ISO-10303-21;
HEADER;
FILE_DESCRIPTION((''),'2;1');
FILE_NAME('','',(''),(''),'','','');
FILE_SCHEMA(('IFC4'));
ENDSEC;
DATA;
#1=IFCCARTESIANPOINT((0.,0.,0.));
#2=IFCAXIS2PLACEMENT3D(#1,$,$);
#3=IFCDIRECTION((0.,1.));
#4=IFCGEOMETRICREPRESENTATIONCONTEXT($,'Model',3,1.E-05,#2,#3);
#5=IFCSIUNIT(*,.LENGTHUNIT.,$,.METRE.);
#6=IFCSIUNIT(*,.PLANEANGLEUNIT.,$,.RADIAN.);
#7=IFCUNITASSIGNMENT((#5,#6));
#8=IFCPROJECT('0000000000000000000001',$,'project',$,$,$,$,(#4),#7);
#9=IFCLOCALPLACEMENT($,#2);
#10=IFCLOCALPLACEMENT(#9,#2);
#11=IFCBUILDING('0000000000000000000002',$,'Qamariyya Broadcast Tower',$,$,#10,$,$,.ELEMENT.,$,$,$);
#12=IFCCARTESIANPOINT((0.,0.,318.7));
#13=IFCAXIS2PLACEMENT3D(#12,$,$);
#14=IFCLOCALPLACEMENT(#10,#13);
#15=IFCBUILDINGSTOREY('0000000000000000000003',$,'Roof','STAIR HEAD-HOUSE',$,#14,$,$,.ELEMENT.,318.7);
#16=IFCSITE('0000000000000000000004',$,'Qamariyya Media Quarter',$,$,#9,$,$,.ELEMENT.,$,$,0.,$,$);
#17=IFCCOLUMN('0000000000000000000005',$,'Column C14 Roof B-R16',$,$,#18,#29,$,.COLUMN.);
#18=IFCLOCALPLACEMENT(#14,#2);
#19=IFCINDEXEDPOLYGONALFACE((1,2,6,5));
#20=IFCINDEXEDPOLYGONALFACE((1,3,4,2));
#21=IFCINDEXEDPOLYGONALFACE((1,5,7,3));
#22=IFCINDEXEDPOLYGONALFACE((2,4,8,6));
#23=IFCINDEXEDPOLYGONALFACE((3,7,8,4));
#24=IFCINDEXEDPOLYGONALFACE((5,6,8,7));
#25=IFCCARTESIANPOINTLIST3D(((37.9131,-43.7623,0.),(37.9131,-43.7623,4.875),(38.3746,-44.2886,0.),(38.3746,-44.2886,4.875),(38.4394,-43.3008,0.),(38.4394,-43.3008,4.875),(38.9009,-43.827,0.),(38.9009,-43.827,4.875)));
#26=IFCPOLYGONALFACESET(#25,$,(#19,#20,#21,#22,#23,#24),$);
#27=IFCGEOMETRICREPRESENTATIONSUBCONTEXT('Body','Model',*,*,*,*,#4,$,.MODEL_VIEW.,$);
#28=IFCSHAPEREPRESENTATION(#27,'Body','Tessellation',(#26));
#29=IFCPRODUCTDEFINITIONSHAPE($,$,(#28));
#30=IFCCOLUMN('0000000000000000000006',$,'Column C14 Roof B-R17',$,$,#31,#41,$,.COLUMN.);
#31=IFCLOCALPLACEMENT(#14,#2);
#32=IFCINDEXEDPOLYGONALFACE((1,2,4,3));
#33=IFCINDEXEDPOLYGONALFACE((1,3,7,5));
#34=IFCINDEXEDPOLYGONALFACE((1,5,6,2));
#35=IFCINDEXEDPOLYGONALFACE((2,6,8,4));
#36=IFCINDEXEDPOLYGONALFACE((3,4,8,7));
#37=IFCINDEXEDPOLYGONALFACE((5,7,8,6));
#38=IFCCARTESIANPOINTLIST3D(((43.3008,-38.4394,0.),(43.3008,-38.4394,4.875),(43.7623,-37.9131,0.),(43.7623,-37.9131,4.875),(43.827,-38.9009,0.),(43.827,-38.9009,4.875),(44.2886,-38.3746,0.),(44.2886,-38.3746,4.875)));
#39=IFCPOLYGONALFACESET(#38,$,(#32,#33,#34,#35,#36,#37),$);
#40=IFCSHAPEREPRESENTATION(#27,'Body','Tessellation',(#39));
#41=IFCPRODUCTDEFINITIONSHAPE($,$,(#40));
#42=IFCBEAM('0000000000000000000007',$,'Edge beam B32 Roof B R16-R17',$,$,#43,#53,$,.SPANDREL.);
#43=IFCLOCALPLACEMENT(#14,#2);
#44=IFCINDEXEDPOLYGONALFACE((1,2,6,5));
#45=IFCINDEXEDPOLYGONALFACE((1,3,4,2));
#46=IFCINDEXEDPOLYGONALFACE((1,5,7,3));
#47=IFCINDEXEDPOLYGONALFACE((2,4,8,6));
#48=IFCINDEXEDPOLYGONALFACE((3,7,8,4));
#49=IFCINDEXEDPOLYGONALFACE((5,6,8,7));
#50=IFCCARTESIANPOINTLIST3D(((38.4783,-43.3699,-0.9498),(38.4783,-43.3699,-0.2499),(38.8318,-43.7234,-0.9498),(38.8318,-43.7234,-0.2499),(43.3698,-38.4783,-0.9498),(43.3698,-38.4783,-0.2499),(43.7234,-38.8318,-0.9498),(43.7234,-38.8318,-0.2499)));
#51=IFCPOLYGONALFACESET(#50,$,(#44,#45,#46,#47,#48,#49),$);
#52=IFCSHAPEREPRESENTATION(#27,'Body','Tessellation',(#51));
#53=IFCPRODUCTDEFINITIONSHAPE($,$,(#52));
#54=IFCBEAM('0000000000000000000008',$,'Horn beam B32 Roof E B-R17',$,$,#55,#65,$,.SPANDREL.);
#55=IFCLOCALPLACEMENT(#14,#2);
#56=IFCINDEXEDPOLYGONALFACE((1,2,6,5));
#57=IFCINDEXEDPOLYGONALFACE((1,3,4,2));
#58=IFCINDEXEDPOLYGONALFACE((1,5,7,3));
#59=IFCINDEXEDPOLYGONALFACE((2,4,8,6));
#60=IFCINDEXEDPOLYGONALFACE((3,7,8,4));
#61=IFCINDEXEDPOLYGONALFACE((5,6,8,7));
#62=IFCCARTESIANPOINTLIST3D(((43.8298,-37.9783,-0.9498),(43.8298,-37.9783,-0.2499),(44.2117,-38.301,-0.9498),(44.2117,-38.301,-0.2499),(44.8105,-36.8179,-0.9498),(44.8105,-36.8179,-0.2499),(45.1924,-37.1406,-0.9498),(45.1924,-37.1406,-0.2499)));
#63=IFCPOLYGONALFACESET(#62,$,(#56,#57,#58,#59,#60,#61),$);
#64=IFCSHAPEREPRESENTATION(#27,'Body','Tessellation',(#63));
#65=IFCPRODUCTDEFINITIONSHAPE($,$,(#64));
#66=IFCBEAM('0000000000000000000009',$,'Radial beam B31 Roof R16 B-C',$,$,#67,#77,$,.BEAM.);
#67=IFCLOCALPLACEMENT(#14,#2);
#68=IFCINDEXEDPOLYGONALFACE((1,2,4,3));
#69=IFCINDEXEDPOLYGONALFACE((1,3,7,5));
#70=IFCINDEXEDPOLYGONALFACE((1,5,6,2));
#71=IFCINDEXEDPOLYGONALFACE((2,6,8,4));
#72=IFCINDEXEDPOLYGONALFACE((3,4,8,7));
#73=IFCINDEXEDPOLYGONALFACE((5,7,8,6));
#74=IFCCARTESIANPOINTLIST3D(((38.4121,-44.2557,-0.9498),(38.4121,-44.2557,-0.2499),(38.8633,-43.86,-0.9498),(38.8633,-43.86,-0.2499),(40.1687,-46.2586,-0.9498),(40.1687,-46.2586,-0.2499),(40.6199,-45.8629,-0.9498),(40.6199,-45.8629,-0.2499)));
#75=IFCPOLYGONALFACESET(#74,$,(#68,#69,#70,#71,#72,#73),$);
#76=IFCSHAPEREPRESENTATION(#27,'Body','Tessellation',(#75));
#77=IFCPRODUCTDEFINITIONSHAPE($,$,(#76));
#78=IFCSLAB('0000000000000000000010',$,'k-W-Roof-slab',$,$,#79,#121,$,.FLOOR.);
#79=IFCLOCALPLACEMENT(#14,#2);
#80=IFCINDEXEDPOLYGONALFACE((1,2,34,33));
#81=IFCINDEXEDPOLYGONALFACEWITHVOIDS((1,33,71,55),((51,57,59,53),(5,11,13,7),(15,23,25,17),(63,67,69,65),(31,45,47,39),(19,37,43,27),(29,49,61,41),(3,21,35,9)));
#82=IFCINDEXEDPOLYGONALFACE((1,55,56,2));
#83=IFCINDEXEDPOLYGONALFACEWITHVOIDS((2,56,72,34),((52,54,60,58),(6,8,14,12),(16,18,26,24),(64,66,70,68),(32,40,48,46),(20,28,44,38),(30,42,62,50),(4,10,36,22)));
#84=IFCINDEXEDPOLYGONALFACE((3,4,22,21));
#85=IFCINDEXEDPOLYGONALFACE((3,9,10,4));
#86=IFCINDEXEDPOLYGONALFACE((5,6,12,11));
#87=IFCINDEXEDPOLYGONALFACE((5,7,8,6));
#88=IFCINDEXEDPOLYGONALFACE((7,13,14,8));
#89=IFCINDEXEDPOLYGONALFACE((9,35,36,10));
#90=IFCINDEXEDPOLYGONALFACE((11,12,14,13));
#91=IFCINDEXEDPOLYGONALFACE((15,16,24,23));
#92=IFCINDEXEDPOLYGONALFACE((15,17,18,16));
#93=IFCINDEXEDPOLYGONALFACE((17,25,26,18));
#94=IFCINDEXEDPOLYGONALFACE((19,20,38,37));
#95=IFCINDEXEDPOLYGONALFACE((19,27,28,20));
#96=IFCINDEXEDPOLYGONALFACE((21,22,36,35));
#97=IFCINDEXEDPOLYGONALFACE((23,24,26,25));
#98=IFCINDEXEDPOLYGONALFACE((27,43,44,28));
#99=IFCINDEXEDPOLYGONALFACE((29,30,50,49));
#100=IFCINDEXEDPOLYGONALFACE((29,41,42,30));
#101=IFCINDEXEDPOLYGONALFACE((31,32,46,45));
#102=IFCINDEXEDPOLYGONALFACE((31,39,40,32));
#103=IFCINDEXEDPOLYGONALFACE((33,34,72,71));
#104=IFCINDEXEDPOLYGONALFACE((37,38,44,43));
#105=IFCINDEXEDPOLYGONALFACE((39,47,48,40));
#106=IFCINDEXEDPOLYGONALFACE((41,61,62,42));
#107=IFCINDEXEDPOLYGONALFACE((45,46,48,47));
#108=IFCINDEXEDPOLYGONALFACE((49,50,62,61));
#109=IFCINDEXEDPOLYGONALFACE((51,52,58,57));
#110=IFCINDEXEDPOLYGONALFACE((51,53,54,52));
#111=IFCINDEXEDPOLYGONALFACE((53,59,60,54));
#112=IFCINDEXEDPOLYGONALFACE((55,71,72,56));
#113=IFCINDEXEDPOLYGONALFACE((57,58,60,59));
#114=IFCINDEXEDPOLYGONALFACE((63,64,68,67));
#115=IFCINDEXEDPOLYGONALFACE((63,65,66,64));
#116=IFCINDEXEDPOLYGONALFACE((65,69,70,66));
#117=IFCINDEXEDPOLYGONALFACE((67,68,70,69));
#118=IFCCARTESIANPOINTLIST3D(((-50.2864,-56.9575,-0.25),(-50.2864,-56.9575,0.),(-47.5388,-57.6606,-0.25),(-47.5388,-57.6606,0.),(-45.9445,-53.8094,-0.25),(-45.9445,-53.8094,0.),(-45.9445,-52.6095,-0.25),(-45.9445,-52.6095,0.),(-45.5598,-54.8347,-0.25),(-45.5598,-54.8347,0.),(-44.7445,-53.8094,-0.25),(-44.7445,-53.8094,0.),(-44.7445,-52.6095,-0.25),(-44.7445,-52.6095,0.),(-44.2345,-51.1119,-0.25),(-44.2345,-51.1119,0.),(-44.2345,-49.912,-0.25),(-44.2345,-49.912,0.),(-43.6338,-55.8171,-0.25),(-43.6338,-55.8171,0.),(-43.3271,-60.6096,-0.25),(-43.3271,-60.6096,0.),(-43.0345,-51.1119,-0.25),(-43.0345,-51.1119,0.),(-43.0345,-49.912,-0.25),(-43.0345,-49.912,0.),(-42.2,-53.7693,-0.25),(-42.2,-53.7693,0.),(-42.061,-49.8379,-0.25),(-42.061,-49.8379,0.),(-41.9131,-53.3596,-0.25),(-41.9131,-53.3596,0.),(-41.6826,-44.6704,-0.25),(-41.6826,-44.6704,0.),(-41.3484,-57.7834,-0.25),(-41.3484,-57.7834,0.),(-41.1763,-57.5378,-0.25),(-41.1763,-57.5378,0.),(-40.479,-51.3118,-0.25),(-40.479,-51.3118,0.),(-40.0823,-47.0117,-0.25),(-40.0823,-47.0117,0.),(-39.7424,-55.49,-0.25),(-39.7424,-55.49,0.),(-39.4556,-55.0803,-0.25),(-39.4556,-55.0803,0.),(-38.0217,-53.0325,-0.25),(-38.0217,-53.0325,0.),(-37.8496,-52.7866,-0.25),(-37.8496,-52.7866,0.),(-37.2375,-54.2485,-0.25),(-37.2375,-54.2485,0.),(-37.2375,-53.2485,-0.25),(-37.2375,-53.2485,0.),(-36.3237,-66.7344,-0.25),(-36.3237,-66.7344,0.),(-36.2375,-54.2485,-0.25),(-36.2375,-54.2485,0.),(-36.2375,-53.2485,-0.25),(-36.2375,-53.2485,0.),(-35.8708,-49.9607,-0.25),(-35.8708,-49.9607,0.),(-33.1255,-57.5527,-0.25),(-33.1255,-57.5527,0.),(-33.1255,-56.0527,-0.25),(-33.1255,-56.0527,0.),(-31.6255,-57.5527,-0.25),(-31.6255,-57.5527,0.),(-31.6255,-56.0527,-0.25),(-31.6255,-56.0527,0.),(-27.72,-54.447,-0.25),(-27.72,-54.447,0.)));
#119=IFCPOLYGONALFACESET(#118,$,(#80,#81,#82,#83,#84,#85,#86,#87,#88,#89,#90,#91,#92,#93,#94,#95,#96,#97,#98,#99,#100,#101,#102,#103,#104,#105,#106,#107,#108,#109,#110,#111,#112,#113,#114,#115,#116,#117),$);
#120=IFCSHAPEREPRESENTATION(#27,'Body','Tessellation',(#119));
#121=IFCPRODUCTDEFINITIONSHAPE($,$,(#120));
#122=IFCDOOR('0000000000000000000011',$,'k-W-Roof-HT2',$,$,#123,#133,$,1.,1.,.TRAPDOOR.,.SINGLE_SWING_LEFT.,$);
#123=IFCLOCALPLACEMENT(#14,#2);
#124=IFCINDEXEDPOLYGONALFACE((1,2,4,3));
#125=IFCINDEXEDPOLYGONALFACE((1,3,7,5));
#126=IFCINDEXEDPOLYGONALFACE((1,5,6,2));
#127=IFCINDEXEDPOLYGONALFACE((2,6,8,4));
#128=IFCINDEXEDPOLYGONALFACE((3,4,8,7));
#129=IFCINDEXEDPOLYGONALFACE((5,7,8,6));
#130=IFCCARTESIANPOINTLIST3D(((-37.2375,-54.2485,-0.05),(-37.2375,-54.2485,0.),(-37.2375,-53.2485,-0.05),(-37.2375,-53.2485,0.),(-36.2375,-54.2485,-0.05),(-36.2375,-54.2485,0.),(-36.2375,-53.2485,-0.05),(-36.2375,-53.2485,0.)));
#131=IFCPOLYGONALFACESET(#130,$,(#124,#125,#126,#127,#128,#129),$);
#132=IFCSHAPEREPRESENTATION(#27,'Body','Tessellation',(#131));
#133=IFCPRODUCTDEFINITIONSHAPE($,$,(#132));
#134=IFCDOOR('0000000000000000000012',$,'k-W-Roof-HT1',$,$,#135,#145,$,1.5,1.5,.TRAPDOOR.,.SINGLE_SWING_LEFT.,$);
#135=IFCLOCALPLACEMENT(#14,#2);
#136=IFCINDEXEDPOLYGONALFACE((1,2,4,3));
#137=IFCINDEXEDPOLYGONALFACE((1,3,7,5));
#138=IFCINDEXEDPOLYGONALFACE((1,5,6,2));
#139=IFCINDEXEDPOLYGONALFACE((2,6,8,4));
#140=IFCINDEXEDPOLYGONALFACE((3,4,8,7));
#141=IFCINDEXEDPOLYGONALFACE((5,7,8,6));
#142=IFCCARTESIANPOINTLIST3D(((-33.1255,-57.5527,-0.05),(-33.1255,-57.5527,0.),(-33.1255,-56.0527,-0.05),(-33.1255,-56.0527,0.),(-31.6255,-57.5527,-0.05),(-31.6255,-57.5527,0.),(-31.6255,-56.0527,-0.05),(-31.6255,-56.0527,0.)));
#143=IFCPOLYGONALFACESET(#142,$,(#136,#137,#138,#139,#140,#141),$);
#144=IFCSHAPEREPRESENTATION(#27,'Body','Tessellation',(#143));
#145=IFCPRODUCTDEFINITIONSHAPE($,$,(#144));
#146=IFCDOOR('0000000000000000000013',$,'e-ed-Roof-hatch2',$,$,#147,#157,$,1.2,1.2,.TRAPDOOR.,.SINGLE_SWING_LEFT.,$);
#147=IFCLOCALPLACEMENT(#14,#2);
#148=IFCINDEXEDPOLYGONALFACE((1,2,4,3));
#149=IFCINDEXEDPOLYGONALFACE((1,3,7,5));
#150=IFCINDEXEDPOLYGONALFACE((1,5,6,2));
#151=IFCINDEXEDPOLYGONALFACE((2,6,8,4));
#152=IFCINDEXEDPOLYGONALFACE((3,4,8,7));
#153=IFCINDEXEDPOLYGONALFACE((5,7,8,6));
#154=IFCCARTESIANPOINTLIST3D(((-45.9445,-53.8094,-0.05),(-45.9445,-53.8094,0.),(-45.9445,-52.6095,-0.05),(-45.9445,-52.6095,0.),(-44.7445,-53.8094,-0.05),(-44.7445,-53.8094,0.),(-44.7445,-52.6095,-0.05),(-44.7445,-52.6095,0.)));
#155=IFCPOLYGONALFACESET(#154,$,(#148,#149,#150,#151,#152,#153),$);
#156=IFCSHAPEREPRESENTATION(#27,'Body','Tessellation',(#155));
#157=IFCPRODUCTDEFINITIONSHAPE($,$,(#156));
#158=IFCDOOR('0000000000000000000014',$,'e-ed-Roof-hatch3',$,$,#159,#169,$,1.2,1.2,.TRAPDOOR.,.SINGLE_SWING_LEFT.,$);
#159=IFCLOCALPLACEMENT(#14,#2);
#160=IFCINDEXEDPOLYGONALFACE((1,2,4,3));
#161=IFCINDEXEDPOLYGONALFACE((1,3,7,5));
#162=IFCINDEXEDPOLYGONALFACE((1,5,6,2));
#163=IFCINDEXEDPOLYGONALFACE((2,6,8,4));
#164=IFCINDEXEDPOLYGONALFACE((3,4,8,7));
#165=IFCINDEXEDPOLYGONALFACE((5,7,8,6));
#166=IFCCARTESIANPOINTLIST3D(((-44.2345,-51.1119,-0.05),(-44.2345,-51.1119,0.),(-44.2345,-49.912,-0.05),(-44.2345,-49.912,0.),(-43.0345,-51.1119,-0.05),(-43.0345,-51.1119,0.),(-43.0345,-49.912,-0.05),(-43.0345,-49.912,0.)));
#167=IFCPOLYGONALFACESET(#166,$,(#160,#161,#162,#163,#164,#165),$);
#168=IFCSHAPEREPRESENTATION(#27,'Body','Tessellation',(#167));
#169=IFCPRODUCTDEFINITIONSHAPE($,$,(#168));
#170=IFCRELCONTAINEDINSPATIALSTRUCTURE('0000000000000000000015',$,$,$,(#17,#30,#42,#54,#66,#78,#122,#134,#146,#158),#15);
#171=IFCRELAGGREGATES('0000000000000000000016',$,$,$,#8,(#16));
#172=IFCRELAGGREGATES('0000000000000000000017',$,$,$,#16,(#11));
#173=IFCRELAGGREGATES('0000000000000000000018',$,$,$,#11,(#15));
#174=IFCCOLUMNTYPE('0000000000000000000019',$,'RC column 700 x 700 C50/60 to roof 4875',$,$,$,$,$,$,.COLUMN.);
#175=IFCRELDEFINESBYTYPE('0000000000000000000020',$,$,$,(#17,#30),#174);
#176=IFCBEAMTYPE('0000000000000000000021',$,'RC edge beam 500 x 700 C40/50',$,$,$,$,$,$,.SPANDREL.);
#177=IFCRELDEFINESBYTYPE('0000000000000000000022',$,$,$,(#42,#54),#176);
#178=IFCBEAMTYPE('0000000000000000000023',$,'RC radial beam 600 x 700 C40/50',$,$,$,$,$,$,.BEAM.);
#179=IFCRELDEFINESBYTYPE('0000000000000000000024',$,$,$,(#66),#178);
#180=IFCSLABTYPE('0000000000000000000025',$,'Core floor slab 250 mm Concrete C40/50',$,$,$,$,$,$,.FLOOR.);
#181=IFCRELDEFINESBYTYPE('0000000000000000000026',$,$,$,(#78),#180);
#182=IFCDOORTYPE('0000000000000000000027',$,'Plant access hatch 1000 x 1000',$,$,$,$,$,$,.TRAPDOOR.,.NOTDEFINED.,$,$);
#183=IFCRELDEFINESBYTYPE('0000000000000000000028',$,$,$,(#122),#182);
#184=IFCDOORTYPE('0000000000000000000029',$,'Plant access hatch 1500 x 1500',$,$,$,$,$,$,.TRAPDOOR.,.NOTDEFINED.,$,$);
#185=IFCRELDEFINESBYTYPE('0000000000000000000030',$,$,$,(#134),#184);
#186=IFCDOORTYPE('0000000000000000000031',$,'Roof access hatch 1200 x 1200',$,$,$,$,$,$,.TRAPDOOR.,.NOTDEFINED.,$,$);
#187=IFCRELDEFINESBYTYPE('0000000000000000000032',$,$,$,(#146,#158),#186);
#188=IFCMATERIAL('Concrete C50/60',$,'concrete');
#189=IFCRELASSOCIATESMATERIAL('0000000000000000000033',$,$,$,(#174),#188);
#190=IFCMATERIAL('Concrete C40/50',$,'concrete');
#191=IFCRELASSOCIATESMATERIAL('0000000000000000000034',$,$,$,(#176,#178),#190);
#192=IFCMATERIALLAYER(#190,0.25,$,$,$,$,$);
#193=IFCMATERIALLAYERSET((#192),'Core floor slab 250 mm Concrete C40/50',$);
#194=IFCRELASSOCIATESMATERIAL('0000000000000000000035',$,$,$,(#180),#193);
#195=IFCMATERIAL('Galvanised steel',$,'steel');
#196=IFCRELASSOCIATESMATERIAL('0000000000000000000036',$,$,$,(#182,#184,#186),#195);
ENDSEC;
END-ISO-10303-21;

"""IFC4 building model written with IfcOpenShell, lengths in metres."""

from ifc_helpers import new_model, si_unit, direction, frame, origin, origin_2d, place, context, subcontext, project, spatial, polyline, rectangle, outline, extrude, material, layer, layer_set, material_profile, profile_set, type_object, element, fill, save


model = new_model("IFC4")

# Units and contexts
model_context = context("Model", 3, precision=1e-05, world=origin(), true_north=direction((0.0, 1.0)))
body_context = subcontext(model_context, "Body", "Model", "MODEL_VIEW")
ifc_project = project(units=[si_unit("LENGTHUNIT", "METRE"), si_unit("PLANEANGLEUNIT", "RADIAN")], contexts=[model_context])

# Site, building, storey
site_placement = place(None, origin())
site = spatial("IfcSite", under=ifc_project, at=site_placement, Name="Qamariyya Media Quarter", CompositionType="ELEMENT", RefElevation=0.0)
building_placement = place(site_placement, origin())
building = spatial("IfcBuilding", under=site, at=building_placement, Name="Qamariyya Broadcast Tower", CompositionType="ELEMENT")
storey_placement = place(building_placement, frame((0.0, 0.0, 318.7)))
storey = spatial("IfcBuildingStorey", under=building, at=storey_placement, Name="Roof", Description="STAIR HEAD-HOUSE", CompositionType="ELEMENT", Elevation=318.7)

# Columns
ifc_material_1 = material(Name="Concrete C50/60", Category="concrete")
ifc_material_profile_1 = material_profile(ifc_material_1, rectangle(XDim=0.7, YDim=0.7, at=origin_2d()))
ifc_profile_set_1 = profile_set([ifc_material_profile_1], Name="Concrete C50/60")
column_type = type_object("IfcColumnType", Name="RC column 700 x 700 C50/60 to roof 4875", PredefinedType="COLUMN", material=ifc_profile_set_1)
for number, where, z_axis, x_axis, name in (
    (1, (38.407, -43.7947, 0.0), (0.0, 0.0, 1.0), (0.75184, 0.659346, 0.0), "Column C14 Roof B-R16"),
    (2, (43.7947, -38.407, 0.0), (0.0, 0.0, 1.0), (0.659346, 0.75184, 0.0), "Column C14 Roof B-R17"),
):
    element("IfcColumn", number, at=place(storey_placement, frame(where, z_axis=z_axis, x_axis=x_axis)), inside=storey, type_object=column_type, Name=name, PredefinedType="COLUMN", context=body_context, shape_type="SweptSolid", body=[
        extrude(rectangle(XDim=0.7, YDim=0.7, at=origin_2d()), origin(), (0.0, 0.0, 1.0), 4.875),
    ])

# Beams
ifc_material_2 = material(Name="Concrete C40/50", Category="concrete")
ifc_material_profile_2 = material_profile(ifc_material_2, rectangle(XDim=0.5, YDim=0.7, at=origin_2d()))
ifc_profile_set_2 = profile_set([ifc_material_profile_2], Name="Concrete C40/50")
beam_type_1 = type_object("IfcBeamType", Name="RC edge beam 500 x 700 C40/50", PredefinedType="SPANDREL", material=ifc_profile_set_2)
beam_1_placement = place(storey_placement, frame((38.655, -43.5466, -0.5999), z_axis=(0.707107, 0.707107, 0.0), x_axis=(-0.707107, 0.707107, 0.0)))
element("IfcBeam", 3, at=beam_1_placement, inside=storey, type_object=beam_type_1, Name="Edge beam B32 Roof B R16-R17", PredefinedType="SPANDREL", context=body_context, shape_type="SweptSolid", body=[
    extrude(rectangle(XDim=0.5, YDim=0.7, at=origin_2d()), origin(), (0.0, 0.0, 1.0), 6.9177),
])
beam_2_placement = place(storey_placement, frame((44.0208, -38.1396, -0.5999), z_axis=(0.645496, 0.763764, 0.0), x_axis=(-0.763764, 0.645496, 0.0)))
element("IfcBeam", 4, at=beam_2_placement, inside=storey, type_object=beam_type_1, Name="Horn beam B32 Roof E B-R17", PredefinedType="SPANDREL", context=body_context, shape_type="SweptSolid", body=[
    extrude(rectangle(XDim=0.5, YDim=0.7, at=origin_2d()), origin(), (0.0, 0.0, 1.0), 1.5193),
])
ifc_material_profile_3 = material_profile(ifc_material_2, rectangle(XDim=0.6001, YDim=0.7, at=origin_2d()))
ifc_profile_set_3 = profile_set([ifc_material_profile_3], Name="Concrete C40/50")
beam_type_2 = type_object("IfcBeamType", Name="RC radial beam 600 x 700 C40/50", PredefinedType="BEAM", material=ifc_profile_set_3)
beam_3_placement = place(storey_placement, frame((38.6377, -44.0579, -0.5999), z_axis=(0.659361, -0.751827, 0.0), x_axis=(0.751827, 0.659361, 0.0)))
element("IfcBeam", 5, at=beam_3_placement, inside=storey, type_object=beam_type_2, Name="Radial beam B31 Roof R16 B-C", PredefinedType="BEAM", context=body_context, shape_type="SweptSolid", body=[
    extrude(rectangle(XDim=0.6001, YDim=0.7, at=origin_2d()), origin(), (0.0, 0.0, 1.0), 2.6641),
])

# Slab, openings, doors
ifc_layer_1 = layer(ifc_material_2, 0.25)
ifc_layer_set_1 = layer_set([ifc_layer_1], Name="Core floor slab 250 mm Concrete C40/50")
slab_type_1 = type_object("IfcSlabType", Name="Core floor slab 250 mm Concrete C40/50", PredefinedType="FLOOR", material=ifc_layer_set_1)
slab_1_placement = place(storey_placement, frame((0.0, 0.0, -0.25)))
slab_1 = element("IfcSlab", 6, at=slab_1_placement, inside=storey, type_object=slab_type_1, Name="k-W-Roof-slab", PredefinedType="FLOOR", context=body_context, shape_type="SweptSolid", body=[
    extrude(outline(polyline([(-50.2864, -56.9575), (-36.3237, -66.7344), (-27.72, -54.447), (-41.6826, -44.6704), (-50.2864, -56.9575)]), holes=[polyline([(-39.7424, -55.49), (-42.2, -53.7693), (-43.6338, -55.8171), (-41.1763, -57.5378), (-39.7424, -55.49)]), polyline([(-39.4556, -55.0803), (-41.9131, -53.3596), (-40.479, -51.3118), (-38.0217, -53.0325), (-39.4556, -55.0803)]), polyline([(-42.061, -49.8379), (-37.8496, -52.7866), (-35.8708, -49.9607), (-40.0823, -47.0117), (-42.061, -49.8379)]), polyline([(-47.5388, -57.6606), (-43.3271, -60.6096), (-41.3484, -57.7834), (-45.5598, -54.8347), (-47.5388, -57.6606)])]), origin(), (0.0, 0.0, 1.0), 0.25),
])
opening_1_placement = place(slab_1_placement, frame((-32.3755, -56.8027, 0.0)))
opening_1 = element("IfcOpeningElement", 7, at=opening_1_placement, cuts=slab_1, PredefinedType="OPENING", context=body_context, shape_type="SweptSolid", body=[
    extrude(rectangle(XDim=1.5, YDim=1.5, at=origin_2d()), origin(), (0.0, 0.0, 1.0), 0.25),
])
opening_2_placement = place(slab_1_placement, frame((-36.7375, -53.7485, 0.0)))
opening_2 = element("IfcOpeningElement", 8, at=opening_2_placement, cuts=slab_1, PredefinedType="OPENING", context=body_context, shape_type="SweptSolid", body=[
    extrude(rectangle(XDim=1.0, YDim=1.0, at=origin_2d()), origin(), (0.0, 0.0, 1.0), 0.25),
])
opening_3_placement = place(slab_1_placement, frame((-45.3445, -53.2095, 0.0)))
opening_3 = element("IfcOpeningElement", 9, at=opening_3_placement, cuts=slab_1, PredefinedType="OPENING", context=body_context, shape_type="SweptSolid", body=[
    extrude(rectangle(XDim=1.2, YDim=1.2, at=origin_2d()), origin(), (0.0, 0.0, 1.0), 0.25),
])
opening_4_placement = place(slab_1_placement, frame((-43.6345, -50.512, 0.0)))
opening_4 = element("IfcOpeningElement", 10, at=opening_4_placement, cuts=slab_1, PredefinedType="OPENING", context=body_context, shape_type="SweptSolid", body=[
    extrude(rectangle(XDim=1.2, YDim=1.2, at=origin_2d()), origin(), (0.0, 0.0, 1.0), 0.25),
])
ifc_material_3 = material(Name="Galvanised steel", Category="steel")
door_type_1 = type_object("IfcDoorType", Name="Plant access hatch 1000 x 1000", OperationType="NOTDEFINED", PredefinedType="TRAPDOOR", material=ifc_material_3)
door_1_placement = place(opening_2_placement, frame((0.0, 0.0, 0.2)))
door_1 = element("IfcDoor", 11, at=door_1_placement, inside=storey, type_object=door_type_1, Name="k-W-Roof-HT2", OperationType="SINGLE_SWING_LEFT", OverallHeight=1.0, OverallWidth=1.0, PredefinedType="TRAPDOOR", context=body_context, shape_type="SweptSolid", body=[
    extrude(rectangle(XDim=1.0, YDim=1.0, at=origin_2d()), origin(), (0.0, 0.0, 1.0), 0.05),
])
fill(opening_2, door_1)
door_type_2 = type_object("IfcDoorType", Name="Plant access hatch 1500 x 1500", OperationType="NOTDEFINED", PredefinedType="TRAPDOOR", material=ifc_material_3)
door_2_placement = place(opening_1_placement, frame((0.0, 0.0, 0.2)))
door_2 = element("IfcDoor", 12, at=door_2_placement, inside=storey, type_object=door_type_2, Name="k-W-Roof-HT1", OperationType="SINGLE_SWING_LEFT", OverallHeight=1.5, OverallWidth=1.5, PredefinedType="TRAPDOOR", context=body_context, shape_type="SweptSolid", body=[
    extrude(rectangle(XDim=1.5, YDim=1.5, at=origin_2d()), origin(), (0.0, 0.0, 1.0), 0.05),
])
fill(opening_1, door_2)
door_type_3 = type_object("IfcDoorType", Name="Roof access hatch 1200 x 1200", OperationType="NOTDEFINED", PredefinedType="TRAPDOOR", material=ifc_material_3)
door_3_placement = place(opening_3_placement, frame((0.0, 0.0, 0.2)))
door_3 = element("IfcDoor", 13, at=door_3_placement, inside=storey, type_object=door_type_3, Name="e-ed-Roof-hatch2", OperationType="SINGLE_SWING_LEFT", OverallHeight=1.2, OverallWidth=1.2, PredefinedType="TRAPDOOR", context=body_context, shape_type="SweptSolid", body=[
    extrude(rectangle(XDim=1.2, YDim=1.2, at=origin_2d()), origin(), (0.0, 0.0, 1.0), 0.05),
])
fill(opening_3, door_3)
door_4_placement = place(opening_4_placement, frame((0.0, 0.0, 0.2)))
door_4 = element("IfcDoor", 14, at=door_4_placement, inside=storey, type_object=door_type_3, Name="e-ed-Roof-hatch3", OperationType="SINGLE_SWING_LEFT", OverallHeight=1.2, OverallWidth=1.2, PredefinedType="TRAPDOOR", context=body_context, shape_type="SweptSolid", body=[
    extrude(rectangle(XDim=1.2, YDim=1.2, at=origin_2d()), origin(), (0.0, 0.0, 1.0), 0.05),
])
fill(opening_4, door_4)

save(model, "model.ifc")
